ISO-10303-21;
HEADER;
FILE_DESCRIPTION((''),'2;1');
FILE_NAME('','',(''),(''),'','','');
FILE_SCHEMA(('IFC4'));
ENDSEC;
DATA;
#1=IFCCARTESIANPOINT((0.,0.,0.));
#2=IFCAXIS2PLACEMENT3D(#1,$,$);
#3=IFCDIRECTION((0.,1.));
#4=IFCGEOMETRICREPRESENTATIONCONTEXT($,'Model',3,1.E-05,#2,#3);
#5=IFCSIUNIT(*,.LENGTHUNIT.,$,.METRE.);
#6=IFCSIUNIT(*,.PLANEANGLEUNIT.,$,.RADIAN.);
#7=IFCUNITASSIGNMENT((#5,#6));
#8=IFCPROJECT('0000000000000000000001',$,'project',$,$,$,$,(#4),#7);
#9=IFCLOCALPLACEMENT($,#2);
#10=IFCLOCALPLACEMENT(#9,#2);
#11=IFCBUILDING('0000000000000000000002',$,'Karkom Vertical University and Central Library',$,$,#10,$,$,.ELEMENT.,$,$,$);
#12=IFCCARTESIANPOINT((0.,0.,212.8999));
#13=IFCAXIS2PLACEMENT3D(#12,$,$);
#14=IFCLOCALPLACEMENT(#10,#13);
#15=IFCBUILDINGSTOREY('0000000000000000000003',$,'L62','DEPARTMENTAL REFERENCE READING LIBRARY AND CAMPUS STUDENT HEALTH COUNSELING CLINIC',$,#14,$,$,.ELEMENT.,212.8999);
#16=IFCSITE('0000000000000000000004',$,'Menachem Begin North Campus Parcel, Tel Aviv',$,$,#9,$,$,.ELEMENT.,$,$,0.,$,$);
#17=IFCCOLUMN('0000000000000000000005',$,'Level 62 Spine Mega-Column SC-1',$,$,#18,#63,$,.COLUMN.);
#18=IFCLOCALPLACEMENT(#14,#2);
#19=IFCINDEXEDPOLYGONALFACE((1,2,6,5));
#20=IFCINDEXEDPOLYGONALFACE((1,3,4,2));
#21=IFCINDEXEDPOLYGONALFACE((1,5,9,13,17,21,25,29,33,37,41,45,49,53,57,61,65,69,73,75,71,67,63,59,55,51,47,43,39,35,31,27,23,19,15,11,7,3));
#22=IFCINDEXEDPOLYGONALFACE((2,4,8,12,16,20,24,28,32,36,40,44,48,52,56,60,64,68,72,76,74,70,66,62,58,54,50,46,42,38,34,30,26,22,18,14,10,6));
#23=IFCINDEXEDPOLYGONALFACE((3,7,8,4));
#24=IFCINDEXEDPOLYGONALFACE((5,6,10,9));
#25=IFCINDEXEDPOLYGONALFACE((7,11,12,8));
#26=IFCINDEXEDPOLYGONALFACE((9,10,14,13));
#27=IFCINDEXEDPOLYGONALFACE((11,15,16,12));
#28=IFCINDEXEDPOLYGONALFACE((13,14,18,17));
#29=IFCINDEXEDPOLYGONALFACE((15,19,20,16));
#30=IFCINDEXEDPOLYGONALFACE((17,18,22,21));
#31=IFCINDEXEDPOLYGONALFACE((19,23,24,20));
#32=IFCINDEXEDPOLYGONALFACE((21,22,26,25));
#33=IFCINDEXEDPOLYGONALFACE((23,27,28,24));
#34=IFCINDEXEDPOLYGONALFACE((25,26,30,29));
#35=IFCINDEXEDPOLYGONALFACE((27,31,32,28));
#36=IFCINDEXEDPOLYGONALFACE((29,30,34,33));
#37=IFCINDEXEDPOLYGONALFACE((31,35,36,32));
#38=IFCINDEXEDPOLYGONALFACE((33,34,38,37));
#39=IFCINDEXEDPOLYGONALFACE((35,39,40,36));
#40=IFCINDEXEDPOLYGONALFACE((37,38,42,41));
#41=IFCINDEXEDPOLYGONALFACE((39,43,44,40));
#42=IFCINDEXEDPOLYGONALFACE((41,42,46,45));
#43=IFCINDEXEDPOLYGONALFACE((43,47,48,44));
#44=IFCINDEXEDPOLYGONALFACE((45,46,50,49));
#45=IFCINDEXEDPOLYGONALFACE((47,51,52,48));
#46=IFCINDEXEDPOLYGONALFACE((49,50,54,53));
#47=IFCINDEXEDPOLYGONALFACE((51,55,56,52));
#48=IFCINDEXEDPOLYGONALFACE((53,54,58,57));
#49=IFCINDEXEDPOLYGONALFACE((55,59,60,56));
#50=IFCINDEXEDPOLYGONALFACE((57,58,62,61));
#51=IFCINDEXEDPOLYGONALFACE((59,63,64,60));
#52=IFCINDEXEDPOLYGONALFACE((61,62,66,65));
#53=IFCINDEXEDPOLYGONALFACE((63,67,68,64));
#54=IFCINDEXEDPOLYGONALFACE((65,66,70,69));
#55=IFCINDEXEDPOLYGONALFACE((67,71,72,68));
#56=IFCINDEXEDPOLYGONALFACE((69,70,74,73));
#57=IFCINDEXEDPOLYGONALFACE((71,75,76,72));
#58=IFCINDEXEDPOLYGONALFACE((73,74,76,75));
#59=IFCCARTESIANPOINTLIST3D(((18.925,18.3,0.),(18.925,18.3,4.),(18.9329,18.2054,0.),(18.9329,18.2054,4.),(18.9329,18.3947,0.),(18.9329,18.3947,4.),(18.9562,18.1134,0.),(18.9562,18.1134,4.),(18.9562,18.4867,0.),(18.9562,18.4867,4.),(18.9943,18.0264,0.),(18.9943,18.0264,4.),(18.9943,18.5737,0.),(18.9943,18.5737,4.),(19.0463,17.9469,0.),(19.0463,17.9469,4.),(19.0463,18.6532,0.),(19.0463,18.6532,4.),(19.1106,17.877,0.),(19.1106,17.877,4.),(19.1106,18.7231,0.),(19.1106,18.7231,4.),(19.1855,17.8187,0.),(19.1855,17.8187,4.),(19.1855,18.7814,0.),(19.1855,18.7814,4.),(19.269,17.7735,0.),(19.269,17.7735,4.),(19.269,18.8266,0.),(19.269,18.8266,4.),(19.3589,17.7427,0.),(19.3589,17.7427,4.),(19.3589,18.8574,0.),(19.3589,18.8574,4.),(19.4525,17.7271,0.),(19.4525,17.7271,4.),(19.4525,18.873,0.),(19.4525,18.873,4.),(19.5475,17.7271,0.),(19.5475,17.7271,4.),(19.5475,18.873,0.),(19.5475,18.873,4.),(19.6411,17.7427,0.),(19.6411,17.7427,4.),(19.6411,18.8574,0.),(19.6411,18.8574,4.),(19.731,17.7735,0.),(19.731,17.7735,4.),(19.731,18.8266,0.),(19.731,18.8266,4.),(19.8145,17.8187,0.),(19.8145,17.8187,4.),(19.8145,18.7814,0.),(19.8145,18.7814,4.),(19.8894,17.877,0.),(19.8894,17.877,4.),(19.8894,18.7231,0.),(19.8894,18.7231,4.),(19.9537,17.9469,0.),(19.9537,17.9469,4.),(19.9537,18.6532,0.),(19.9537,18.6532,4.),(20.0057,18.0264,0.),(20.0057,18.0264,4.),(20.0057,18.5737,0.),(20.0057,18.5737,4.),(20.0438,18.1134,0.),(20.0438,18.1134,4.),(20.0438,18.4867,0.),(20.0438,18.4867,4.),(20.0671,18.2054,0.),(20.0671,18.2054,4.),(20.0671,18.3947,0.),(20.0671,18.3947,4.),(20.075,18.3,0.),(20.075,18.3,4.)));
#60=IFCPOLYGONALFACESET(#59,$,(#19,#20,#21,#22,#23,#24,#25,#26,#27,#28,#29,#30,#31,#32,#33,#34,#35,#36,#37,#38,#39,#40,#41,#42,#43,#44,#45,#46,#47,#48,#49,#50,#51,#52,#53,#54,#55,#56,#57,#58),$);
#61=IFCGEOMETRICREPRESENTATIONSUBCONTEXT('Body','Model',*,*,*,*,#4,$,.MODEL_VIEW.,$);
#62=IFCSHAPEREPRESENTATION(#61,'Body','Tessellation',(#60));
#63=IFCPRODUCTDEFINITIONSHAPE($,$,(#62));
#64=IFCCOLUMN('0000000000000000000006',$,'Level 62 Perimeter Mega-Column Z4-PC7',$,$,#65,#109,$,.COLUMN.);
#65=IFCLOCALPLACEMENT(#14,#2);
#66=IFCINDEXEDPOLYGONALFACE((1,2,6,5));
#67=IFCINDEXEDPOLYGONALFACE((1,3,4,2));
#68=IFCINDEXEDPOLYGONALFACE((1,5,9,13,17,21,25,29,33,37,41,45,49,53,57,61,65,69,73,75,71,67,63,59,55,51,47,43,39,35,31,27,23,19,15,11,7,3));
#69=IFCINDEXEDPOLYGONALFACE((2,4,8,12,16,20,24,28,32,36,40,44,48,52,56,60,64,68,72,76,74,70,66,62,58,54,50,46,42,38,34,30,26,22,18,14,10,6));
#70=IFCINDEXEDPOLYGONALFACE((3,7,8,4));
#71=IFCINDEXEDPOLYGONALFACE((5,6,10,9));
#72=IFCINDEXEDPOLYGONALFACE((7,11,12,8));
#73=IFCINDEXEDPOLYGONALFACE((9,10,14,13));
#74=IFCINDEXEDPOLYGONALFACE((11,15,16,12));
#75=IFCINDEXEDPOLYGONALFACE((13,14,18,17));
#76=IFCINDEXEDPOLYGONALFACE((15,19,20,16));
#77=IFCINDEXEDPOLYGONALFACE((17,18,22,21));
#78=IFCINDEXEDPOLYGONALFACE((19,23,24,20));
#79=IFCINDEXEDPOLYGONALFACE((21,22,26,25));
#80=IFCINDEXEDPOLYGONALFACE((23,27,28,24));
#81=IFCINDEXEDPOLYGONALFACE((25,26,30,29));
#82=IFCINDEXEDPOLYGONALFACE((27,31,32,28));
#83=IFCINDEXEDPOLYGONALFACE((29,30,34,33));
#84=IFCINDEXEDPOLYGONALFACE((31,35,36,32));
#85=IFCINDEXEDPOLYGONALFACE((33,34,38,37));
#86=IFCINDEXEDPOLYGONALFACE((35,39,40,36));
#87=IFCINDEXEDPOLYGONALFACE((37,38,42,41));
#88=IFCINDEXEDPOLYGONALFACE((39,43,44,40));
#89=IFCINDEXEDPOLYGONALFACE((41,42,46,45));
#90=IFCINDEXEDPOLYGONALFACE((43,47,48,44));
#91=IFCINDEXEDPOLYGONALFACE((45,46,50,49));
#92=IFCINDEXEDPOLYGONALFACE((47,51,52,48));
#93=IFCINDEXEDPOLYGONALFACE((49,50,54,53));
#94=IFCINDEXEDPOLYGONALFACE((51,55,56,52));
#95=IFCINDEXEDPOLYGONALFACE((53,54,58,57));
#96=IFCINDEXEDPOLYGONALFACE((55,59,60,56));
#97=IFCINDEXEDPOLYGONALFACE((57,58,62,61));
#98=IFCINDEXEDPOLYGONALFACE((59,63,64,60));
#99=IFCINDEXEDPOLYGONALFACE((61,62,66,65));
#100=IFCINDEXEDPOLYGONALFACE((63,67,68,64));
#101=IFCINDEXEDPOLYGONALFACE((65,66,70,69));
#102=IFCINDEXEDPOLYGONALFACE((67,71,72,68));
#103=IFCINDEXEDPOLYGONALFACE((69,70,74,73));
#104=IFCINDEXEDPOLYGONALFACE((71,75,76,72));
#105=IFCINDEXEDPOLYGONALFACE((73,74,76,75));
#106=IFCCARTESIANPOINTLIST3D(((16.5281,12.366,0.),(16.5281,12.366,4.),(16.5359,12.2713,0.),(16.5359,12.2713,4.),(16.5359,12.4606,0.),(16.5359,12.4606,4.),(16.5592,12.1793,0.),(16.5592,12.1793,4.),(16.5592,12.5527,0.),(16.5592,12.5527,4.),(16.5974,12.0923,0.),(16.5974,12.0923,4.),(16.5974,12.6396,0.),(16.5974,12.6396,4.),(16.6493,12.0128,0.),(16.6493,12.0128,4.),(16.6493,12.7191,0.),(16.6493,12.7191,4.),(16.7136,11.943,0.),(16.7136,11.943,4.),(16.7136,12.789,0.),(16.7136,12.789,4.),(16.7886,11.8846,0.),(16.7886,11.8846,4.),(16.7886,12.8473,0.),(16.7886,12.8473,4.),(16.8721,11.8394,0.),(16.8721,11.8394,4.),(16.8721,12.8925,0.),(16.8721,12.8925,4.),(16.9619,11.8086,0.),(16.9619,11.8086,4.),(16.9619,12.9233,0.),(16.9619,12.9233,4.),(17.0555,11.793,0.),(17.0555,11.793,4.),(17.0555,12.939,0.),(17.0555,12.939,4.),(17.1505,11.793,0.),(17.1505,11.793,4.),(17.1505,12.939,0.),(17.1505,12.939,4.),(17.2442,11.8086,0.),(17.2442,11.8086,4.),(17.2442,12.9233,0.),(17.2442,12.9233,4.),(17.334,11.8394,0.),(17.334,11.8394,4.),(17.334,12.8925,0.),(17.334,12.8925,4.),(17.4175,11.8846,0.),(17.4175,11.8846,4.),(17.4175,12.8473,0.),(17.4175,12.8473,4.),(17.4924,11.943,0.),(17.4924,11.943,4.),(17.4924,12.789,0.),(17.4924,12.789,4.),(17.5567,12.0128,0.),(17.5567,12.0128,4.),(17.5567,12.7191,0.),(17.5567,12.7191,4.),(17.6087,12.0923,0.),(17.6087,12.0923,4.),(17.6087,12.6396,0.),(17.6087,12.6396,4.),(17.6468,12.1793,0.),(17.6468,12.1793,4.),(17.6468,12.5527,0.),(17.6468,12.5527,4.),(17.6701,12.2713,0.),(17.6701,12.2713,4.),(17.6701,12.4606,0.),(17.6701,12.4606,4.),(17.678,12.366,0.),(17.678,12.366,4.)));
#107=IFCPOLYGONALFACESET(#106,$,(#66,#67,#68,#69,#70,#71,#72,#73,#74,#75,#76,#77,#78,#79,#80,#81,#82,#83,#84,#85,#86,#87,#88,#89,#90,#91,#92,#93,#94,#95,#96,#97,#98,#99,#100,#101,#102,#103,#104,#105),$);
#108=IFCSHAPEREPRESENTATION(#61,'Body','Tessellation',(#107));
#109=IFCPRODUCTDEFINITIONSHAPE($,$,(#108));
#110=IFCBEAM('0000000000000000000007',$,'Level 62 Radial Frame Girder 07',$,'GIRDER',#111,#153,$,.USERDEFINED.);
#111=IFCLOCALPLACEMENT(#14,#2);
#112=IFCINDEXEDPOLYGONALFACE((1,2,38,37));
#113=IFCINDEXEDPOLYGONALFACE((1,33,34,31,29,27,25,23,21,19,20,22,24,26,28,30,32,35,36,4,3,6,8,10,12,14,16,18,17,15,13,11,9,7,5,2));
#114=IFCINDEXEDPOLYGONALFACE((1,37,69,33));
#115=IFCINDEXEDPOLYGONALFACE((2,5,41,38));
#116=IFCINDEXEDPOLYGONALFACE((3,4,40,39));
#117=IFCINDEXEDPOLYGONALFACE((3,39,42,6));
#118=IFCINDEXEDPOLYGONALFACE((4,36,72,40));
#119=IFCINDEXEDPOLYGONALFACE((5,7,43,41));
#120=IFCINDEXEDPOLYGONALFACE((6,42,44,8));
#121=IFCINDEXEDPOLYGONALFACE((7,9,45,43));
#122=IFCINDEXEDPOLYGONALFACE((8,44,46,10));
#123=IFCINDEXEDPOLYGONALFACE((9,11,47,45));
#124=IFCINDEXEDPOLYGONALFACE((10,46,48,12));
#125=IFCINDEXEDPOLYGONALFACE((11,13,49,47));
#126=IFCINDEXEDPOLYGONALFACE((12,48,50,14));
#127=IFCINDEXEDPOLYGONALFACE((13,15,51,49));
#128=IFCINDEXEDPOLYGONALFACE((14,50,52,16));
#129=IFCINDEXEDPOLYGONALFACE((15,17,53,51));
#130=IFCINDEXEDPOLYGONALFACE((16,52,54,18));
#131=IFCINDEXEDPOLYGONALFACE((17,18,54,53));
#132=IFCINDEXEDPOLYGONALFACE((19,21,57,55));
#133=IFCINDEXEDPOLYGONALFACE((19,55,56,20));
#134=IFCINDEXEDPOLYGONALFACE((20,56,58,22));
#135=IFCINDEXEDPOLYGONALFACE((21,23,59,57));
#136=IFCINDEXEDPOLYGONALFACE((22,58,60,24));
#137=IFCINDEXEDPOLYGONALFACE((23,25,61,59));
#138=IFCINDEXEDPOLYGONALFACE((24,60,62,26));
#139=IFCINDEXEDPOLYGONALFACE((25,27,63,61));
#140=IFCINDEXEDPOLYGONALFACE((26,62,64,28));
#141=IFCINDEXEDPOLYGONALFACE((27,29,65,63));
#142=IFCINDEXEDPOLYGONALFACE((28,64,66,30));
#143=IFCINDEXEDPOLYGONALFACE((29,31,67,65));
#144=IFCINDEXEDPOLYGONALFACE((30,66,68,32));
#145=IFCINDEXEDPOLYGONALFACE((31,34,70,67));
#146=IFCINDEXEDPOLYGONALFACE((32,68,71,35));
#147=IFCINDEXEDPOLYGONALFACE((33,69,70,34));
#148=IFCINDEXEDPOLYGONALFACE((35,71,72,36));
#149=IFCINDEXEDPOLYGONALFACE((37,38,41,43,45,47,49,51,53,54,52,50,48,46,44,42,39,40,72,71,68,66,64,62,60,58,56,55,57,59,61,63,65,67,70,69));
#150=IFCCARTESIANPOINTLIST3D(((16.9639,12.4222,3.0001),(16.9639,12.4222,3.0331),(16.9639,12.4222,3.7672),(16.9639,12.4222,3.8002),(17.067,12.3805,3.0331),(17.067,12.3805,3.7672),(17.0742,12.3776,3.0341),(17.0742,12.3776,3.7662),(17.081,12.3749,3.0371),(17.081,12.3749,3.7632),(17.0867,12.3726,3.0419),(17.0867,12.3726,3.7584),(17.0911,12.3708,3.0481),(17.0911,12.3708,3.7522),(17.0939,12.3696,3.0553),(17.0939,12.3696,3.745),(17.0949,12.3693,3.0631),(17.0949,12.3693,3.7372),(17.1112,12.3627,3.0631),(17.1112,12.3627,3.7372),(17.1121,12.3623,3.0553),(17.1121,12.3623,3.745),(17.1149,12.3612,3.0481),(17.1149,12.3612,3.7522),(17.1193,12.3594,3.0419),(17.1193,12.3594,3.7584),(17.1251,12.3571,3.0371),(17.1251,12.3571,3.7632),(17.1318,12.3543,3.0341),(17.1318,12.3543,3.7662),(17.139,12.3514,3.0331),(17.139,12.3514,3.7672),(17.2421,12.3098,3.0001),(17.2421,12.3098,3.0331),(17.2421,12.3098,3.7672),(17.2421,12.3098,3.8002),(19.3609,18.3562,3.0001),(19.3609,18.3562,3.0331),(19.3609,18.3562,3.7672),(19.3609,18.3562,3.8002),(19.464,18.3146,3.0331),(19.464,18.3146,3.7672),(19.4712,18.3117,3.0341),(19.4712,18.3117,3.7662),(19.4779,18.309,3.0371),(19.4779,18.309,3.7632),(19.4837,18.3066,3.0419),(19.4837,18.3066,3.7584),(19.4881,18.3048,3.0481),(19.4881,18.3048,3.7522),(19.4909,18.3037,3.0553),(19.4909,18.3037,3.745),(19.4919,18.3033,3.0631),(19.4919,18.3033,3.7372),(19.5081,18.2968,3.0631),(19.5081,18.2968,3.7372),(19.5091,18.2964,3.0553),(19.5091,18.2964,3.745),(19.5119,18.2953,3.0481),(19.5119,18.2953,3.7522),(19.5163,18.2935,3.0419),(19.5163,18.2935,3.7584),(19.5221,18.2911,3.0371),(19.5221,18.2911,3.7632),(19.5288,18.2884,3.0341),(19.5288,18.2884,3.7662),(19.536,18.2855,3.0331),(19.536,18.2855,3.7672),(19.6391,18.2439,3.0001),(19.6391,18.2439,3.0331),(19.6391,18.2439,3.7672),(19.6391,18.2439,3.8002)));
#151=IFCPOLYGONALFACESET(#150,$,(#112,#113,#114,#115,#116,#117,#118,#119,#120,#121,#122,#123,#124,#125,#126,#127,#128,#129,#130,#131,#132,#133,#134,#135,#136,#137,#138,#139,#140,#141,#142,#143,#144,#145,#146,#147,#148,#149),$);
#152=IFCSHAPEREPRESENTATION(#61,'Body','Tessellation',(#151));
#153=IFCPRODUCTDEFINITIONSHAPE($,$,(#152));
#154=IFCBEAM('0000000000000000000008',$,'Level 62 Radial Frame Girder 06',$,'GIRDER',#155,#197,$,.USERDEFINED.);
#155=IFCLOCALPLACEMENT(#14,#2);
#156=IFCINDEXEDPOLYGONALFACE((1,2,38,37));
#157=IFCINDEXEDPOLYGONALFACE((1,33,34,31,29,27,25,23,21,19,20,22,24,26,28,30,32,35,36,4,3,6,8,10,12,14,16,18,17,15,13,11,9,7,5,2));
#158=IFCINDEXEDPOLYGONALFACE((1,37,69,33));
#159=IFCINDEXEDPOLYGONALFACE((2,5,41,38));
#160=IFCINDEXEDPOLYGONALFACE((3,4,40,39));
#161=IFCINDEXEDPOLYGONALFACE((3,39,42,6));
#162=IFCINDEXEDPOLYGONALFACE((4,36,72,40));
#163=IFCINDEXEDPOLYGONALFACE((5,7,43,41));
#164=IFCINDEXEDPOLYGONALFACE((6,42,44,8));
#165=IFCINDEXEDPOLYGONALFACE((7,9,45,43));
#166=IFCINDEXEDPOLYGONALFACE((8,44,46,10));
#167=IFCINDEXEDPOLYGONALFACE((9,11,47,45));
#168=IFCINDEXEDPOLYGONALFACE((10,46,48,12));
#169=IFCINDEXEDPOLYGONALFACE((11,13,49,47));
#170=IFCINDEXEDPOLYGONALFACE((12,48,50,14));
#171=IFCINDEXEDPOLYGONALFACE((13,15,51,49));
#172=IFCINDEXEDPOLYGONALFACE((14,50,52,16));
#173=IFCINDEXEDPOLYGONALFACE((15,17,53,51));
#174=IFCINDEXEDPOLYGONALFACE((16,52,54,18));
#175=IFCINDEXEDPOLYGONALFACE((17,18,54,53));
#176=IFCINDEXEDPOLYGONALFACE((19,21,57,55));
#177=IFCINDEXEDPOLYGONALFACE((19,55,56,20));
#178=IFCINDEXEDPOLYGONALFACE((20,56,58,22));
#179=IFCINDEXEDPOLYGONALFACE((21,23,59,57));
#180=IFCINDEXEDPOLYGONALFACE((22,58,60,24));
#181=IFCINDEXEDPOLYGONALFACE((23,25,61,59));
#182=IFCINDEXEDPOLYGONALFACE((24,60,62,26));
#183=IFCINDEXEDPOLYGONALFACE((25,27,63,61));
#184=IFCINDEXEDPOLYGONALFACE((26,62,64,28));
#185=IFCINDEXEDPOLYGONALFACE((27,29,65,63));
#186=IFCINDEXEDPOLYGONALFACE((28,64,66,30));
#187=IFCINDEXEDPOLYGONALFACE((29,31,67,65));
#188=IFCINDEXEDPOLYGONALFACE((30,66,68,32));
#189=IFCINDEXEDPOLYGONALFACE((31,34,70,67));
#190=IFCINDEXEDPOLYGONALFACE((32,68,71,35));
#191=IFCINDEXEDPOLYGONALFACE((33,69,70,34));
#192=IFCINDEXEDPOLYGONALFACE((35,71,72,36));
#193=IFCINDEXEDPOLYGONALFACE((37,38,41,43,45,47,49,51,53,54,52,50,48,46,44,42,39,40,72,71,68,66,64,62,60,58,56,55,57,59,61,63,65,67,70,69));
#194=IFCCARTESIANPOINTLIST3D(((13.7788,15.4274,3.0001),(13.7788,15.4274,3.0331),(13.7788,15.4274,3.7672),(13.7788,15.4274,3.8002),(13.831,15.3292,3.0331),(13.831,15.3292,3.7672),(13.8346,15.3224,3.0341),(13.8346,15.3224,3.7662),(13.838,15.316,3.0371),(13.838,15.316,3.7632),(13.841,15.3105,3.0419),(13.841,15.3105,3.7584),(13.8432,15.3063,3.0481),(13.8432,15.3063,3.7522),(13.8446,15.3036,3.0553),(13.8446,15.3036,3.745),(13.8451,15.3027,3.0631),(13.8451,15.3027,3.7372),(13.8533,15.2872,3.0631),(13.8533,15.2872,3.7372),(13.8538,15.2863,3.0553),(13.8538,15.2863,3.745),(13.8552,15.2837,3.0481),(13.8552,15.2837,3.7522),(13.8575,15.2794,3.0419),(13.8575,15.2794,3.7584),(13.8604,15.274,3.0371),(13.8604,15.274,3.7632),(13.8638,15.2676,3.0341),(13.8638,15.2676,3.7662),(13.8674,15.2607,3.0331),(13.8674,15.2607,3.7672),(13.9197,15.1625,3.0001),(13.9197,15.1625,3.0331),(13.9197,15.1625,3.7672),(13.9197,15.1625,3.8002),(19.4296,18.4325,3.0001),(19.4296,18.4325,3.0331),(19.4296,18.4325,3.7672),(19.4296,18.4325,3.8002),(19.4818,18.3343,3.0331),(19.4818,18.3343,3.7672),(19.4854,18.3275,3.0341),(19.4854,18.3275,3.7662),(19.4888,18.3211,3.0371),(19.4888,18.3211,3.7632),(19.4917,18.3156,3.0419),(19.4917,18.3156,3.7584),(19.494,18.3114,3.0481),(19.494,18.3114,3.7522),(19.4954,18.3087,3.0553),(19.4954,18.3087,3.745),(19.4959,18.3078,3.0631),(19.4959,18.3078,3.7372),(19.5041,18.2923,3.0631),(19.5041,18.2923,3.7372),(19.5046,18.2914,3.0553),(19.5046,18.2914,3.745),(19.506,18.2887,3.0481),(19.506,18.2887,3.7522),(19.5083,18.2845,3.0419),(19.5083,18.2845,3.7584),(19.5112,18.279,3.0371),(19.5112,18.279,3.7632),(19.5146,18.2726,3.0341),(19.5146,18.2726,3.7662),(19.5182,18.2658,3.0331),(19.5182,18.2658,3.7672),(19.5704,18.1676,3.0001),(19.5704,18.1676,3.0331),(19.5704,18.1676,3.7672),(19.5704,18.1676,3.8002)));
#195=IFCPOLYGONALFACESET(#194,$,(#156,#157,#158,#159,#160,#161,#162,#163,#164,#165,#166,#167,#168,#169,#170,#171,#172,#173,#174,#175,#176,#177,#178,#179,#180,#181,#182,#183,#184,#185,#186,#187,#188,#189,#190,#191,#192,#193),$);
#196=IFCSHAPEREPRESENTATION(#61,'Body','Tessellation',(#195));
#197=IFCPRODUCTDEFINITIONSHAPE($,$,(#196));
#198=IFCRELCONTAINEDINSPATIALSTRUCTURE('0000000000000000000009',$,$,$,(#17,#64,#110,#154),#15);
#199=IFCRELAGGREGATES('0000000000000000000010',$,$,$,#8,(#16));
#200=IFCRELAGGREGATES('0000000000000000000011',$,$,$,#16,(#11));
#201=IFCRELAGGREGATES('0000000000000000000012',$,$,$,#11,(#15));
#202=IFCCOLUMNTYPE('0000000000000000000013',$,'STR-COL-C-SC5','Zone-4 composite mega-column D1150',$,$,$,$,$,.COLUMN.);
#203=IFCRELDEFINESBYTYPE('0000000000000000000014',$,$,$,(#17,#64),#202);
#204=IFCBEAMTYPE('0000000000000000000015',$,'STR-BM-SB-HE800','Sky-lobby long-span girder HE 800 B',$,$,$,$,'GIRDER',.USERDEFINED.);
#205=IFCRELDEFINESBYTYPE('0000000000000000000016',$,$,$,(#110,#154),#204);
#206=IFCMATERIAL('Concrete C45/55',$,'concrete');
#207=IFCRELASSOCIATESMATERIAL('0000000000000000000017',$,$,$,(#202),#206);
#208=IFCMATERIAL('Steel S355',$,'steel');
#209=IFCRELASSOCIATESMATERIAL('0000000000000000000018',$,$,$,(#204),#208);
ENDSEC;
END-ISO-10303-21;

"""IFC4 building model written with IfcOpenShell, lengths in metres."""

from ifc_helpers import new_model, si_unit, direction, frame, origin, origin_with_axes, origin_2d, place, context, subcontext, project, spatial, circle, i_section, extrude, source, transform, mapped, material, material_profile, profile_set, type_object, element, save


model = new_model("IFC4")

# Units and contexts
model_context = context("Model", 3, precision=1e-05, world=origin(), true_north=direction((0.0, 1.0)))
body_context = subcontext(model_context, "Body", "Model", "MODEL_VIEW")
ifc_project = project(units=[si_unit("LENGTHUNIT", "METRE"), si_unit("PLANEANGLEUNIT", "RADIAN")], contexts=[model_context])

# Site, building, storey
site_placement = place(None, origin())
site = spatial("IfcSite", under=ifc_project, at=site_placement, Name="Menachem Begin North Campus Parcel, Tel Aviv", CompositionType="ELEMENT", RefElevation=0.0)
building_placement = place(site_placement, origin())
building = spatial("IfcBuilding", under=site, at=building_placement, Name="Karkom Vertical University and Central Library", CompositionType="ELEMENT")
storey_placement = place(building_placement, frame((0.0, 0.0, 212.8999)))
storey = spatial("IfcBuildingStorey", under=building, at=storey_placement, Name="L62", Description="DEPARTMENTAL REFERENCE READING LIBRARY AND CAMPUS STUDENT HEALTH COUNSELING CLINIC", CompositionType="ELEMENT", Elevation=212.8999)

# Columns
ifc_material_1 = material(Name="Concrete C45/55", Category="concrete")
ifc_material_profile_1 = material_profile(ifc_material_1, circle(Radius=0.575, at=origin_2d()), Name="CFT-D1150")
ifc_profile_set_1 = profile_set([ifc_material_profile_1], Name="Concrete C45/55")
column_type = type_object("IfcColumnType", Name="STR-COL-C-SC5", Description="Zone-4 composite mega-column D1150", PredefinedType="COLUMN", material=ifc_profile_set_1)
shared_shape_1 = source(origin_with_axes(), body_context, "Body", "SweptSolid", [
    extrude(circle(Radius=0.575, at=origin_2d()), origin(), (0.0, 0.0, 1.0), 4.0),
])
for number, where, z_axis, x_axis, name in (
    (1, (19.5, 18.3, 0.0), (0.0, 0.0, 1.0), (1.0, 0.0, 0.0), "Level 62 Spine Mega-Column SC-1"),
    (2, (17.103, 12.366, 0.0), (0.0, 0.0, 1.0), (1.0, 0.0, 0.0), "Level 62 Perimeter Mega-Column Z4-PC7"),
):
    element("IfcColumn", number, at=place(storey_placement, frame(where, z_axis=z_axis, x_axis=x_axis)), inside=storey, type_object=column_type, Name=name, PredefinedType="COLUMN", context=body_context, shape_type="MappedRepresentation", body=[
        mapped(shared_shape_1, transform((0.0, 0.0, 0.0), scale=1.0)),
    ])

# Beams
ifc_material_2 = material(Name="Steel S355", Category="steel")
ifc_material_profile_2 = material_profile(ifc_material_2, i_section(OverallWidth=0.3, OverallDepth=0.8, WebThickness=0.0176, FlangeThickness=0.033, FilletRadius=0.03, at=origin_2d()), Name="HE 800 B")
ifc_profile_set_2 = profile_set([ifc_material_profile_2], Name="Steel S355")
beam_type_1 = type_object("IfcBeamType", Name="STR-BM-SB-HE800", Description="Sky-lobby long-span girder HE 800 B", ElementType="GIRDER", PredefinedType="USERDEFINED", material=ifc_profile_set_2)
shared_shape_2 = source(origin_with_axes(), body_context, "Body", "SweptSolid", [
    extrude(i_section(OverallWidth=0.3, OverallDepth=0.8, WebThickness=0.0176, FlangeThickness=0.033, FilletRadius=0.03, at=origin_2d()), origin(), (0.0, 0.0, 1.0), 6.3999),
])
beam_1_placement = place(storey_placement, frame((19.5, 18.3, 3.4001), z_axis=(-0.374532, -0.927214, 0.0), x_axis=(0.927214, -0.374532, 0.0)))
element("IfcBeam", 3, at=beam_1_placement, inside=storey, type_object=beam_type_1, Name="Level 62 Radial Frame Girder 07", ObjectType="GIRDER", PredefinedType="USERDEFINED", context=body_context, shape_type="MappedRepresentation", body=[
    mapped(shared_shape_2, transform((0.0, 0.0, 0.0), scale=1.0)),
])
shared_shape_3 = source(origin_with_axes(), body_context, "Body", "SweptSolid", [
    extrude(i_section(OverallWidth=0.3, OverallDepth=0.8, WebThickness=0.0176, FlangeThickness=0.033, FilletRadius=0.03, at=origin_2d()), origin(), (0.0, 0.0, 1.0), 6.4001),
])
beam_2_placement = place(storey_placement, frame((19.5, 18.3, 3.4001), z_axis=(-0.882915, -0.469533, 0.0), x_axis=(0.469533, -0.882915, 0.0)))
element("IfcBeam", 4, at=beam_2_placement, inside=storey, type_object=beam_type_1, Name="Level 62 Radial Frame Girder 06", ObjectType="GIRDER", PredefinedType="USERDEFINED", context=body_context, shape_type="MappedRepresentation", body=[
    mapped(shared_shape_3, transform((0.0, 0.0, 0.0), scale=1.0)),
])

save(model, "model.ifc")
